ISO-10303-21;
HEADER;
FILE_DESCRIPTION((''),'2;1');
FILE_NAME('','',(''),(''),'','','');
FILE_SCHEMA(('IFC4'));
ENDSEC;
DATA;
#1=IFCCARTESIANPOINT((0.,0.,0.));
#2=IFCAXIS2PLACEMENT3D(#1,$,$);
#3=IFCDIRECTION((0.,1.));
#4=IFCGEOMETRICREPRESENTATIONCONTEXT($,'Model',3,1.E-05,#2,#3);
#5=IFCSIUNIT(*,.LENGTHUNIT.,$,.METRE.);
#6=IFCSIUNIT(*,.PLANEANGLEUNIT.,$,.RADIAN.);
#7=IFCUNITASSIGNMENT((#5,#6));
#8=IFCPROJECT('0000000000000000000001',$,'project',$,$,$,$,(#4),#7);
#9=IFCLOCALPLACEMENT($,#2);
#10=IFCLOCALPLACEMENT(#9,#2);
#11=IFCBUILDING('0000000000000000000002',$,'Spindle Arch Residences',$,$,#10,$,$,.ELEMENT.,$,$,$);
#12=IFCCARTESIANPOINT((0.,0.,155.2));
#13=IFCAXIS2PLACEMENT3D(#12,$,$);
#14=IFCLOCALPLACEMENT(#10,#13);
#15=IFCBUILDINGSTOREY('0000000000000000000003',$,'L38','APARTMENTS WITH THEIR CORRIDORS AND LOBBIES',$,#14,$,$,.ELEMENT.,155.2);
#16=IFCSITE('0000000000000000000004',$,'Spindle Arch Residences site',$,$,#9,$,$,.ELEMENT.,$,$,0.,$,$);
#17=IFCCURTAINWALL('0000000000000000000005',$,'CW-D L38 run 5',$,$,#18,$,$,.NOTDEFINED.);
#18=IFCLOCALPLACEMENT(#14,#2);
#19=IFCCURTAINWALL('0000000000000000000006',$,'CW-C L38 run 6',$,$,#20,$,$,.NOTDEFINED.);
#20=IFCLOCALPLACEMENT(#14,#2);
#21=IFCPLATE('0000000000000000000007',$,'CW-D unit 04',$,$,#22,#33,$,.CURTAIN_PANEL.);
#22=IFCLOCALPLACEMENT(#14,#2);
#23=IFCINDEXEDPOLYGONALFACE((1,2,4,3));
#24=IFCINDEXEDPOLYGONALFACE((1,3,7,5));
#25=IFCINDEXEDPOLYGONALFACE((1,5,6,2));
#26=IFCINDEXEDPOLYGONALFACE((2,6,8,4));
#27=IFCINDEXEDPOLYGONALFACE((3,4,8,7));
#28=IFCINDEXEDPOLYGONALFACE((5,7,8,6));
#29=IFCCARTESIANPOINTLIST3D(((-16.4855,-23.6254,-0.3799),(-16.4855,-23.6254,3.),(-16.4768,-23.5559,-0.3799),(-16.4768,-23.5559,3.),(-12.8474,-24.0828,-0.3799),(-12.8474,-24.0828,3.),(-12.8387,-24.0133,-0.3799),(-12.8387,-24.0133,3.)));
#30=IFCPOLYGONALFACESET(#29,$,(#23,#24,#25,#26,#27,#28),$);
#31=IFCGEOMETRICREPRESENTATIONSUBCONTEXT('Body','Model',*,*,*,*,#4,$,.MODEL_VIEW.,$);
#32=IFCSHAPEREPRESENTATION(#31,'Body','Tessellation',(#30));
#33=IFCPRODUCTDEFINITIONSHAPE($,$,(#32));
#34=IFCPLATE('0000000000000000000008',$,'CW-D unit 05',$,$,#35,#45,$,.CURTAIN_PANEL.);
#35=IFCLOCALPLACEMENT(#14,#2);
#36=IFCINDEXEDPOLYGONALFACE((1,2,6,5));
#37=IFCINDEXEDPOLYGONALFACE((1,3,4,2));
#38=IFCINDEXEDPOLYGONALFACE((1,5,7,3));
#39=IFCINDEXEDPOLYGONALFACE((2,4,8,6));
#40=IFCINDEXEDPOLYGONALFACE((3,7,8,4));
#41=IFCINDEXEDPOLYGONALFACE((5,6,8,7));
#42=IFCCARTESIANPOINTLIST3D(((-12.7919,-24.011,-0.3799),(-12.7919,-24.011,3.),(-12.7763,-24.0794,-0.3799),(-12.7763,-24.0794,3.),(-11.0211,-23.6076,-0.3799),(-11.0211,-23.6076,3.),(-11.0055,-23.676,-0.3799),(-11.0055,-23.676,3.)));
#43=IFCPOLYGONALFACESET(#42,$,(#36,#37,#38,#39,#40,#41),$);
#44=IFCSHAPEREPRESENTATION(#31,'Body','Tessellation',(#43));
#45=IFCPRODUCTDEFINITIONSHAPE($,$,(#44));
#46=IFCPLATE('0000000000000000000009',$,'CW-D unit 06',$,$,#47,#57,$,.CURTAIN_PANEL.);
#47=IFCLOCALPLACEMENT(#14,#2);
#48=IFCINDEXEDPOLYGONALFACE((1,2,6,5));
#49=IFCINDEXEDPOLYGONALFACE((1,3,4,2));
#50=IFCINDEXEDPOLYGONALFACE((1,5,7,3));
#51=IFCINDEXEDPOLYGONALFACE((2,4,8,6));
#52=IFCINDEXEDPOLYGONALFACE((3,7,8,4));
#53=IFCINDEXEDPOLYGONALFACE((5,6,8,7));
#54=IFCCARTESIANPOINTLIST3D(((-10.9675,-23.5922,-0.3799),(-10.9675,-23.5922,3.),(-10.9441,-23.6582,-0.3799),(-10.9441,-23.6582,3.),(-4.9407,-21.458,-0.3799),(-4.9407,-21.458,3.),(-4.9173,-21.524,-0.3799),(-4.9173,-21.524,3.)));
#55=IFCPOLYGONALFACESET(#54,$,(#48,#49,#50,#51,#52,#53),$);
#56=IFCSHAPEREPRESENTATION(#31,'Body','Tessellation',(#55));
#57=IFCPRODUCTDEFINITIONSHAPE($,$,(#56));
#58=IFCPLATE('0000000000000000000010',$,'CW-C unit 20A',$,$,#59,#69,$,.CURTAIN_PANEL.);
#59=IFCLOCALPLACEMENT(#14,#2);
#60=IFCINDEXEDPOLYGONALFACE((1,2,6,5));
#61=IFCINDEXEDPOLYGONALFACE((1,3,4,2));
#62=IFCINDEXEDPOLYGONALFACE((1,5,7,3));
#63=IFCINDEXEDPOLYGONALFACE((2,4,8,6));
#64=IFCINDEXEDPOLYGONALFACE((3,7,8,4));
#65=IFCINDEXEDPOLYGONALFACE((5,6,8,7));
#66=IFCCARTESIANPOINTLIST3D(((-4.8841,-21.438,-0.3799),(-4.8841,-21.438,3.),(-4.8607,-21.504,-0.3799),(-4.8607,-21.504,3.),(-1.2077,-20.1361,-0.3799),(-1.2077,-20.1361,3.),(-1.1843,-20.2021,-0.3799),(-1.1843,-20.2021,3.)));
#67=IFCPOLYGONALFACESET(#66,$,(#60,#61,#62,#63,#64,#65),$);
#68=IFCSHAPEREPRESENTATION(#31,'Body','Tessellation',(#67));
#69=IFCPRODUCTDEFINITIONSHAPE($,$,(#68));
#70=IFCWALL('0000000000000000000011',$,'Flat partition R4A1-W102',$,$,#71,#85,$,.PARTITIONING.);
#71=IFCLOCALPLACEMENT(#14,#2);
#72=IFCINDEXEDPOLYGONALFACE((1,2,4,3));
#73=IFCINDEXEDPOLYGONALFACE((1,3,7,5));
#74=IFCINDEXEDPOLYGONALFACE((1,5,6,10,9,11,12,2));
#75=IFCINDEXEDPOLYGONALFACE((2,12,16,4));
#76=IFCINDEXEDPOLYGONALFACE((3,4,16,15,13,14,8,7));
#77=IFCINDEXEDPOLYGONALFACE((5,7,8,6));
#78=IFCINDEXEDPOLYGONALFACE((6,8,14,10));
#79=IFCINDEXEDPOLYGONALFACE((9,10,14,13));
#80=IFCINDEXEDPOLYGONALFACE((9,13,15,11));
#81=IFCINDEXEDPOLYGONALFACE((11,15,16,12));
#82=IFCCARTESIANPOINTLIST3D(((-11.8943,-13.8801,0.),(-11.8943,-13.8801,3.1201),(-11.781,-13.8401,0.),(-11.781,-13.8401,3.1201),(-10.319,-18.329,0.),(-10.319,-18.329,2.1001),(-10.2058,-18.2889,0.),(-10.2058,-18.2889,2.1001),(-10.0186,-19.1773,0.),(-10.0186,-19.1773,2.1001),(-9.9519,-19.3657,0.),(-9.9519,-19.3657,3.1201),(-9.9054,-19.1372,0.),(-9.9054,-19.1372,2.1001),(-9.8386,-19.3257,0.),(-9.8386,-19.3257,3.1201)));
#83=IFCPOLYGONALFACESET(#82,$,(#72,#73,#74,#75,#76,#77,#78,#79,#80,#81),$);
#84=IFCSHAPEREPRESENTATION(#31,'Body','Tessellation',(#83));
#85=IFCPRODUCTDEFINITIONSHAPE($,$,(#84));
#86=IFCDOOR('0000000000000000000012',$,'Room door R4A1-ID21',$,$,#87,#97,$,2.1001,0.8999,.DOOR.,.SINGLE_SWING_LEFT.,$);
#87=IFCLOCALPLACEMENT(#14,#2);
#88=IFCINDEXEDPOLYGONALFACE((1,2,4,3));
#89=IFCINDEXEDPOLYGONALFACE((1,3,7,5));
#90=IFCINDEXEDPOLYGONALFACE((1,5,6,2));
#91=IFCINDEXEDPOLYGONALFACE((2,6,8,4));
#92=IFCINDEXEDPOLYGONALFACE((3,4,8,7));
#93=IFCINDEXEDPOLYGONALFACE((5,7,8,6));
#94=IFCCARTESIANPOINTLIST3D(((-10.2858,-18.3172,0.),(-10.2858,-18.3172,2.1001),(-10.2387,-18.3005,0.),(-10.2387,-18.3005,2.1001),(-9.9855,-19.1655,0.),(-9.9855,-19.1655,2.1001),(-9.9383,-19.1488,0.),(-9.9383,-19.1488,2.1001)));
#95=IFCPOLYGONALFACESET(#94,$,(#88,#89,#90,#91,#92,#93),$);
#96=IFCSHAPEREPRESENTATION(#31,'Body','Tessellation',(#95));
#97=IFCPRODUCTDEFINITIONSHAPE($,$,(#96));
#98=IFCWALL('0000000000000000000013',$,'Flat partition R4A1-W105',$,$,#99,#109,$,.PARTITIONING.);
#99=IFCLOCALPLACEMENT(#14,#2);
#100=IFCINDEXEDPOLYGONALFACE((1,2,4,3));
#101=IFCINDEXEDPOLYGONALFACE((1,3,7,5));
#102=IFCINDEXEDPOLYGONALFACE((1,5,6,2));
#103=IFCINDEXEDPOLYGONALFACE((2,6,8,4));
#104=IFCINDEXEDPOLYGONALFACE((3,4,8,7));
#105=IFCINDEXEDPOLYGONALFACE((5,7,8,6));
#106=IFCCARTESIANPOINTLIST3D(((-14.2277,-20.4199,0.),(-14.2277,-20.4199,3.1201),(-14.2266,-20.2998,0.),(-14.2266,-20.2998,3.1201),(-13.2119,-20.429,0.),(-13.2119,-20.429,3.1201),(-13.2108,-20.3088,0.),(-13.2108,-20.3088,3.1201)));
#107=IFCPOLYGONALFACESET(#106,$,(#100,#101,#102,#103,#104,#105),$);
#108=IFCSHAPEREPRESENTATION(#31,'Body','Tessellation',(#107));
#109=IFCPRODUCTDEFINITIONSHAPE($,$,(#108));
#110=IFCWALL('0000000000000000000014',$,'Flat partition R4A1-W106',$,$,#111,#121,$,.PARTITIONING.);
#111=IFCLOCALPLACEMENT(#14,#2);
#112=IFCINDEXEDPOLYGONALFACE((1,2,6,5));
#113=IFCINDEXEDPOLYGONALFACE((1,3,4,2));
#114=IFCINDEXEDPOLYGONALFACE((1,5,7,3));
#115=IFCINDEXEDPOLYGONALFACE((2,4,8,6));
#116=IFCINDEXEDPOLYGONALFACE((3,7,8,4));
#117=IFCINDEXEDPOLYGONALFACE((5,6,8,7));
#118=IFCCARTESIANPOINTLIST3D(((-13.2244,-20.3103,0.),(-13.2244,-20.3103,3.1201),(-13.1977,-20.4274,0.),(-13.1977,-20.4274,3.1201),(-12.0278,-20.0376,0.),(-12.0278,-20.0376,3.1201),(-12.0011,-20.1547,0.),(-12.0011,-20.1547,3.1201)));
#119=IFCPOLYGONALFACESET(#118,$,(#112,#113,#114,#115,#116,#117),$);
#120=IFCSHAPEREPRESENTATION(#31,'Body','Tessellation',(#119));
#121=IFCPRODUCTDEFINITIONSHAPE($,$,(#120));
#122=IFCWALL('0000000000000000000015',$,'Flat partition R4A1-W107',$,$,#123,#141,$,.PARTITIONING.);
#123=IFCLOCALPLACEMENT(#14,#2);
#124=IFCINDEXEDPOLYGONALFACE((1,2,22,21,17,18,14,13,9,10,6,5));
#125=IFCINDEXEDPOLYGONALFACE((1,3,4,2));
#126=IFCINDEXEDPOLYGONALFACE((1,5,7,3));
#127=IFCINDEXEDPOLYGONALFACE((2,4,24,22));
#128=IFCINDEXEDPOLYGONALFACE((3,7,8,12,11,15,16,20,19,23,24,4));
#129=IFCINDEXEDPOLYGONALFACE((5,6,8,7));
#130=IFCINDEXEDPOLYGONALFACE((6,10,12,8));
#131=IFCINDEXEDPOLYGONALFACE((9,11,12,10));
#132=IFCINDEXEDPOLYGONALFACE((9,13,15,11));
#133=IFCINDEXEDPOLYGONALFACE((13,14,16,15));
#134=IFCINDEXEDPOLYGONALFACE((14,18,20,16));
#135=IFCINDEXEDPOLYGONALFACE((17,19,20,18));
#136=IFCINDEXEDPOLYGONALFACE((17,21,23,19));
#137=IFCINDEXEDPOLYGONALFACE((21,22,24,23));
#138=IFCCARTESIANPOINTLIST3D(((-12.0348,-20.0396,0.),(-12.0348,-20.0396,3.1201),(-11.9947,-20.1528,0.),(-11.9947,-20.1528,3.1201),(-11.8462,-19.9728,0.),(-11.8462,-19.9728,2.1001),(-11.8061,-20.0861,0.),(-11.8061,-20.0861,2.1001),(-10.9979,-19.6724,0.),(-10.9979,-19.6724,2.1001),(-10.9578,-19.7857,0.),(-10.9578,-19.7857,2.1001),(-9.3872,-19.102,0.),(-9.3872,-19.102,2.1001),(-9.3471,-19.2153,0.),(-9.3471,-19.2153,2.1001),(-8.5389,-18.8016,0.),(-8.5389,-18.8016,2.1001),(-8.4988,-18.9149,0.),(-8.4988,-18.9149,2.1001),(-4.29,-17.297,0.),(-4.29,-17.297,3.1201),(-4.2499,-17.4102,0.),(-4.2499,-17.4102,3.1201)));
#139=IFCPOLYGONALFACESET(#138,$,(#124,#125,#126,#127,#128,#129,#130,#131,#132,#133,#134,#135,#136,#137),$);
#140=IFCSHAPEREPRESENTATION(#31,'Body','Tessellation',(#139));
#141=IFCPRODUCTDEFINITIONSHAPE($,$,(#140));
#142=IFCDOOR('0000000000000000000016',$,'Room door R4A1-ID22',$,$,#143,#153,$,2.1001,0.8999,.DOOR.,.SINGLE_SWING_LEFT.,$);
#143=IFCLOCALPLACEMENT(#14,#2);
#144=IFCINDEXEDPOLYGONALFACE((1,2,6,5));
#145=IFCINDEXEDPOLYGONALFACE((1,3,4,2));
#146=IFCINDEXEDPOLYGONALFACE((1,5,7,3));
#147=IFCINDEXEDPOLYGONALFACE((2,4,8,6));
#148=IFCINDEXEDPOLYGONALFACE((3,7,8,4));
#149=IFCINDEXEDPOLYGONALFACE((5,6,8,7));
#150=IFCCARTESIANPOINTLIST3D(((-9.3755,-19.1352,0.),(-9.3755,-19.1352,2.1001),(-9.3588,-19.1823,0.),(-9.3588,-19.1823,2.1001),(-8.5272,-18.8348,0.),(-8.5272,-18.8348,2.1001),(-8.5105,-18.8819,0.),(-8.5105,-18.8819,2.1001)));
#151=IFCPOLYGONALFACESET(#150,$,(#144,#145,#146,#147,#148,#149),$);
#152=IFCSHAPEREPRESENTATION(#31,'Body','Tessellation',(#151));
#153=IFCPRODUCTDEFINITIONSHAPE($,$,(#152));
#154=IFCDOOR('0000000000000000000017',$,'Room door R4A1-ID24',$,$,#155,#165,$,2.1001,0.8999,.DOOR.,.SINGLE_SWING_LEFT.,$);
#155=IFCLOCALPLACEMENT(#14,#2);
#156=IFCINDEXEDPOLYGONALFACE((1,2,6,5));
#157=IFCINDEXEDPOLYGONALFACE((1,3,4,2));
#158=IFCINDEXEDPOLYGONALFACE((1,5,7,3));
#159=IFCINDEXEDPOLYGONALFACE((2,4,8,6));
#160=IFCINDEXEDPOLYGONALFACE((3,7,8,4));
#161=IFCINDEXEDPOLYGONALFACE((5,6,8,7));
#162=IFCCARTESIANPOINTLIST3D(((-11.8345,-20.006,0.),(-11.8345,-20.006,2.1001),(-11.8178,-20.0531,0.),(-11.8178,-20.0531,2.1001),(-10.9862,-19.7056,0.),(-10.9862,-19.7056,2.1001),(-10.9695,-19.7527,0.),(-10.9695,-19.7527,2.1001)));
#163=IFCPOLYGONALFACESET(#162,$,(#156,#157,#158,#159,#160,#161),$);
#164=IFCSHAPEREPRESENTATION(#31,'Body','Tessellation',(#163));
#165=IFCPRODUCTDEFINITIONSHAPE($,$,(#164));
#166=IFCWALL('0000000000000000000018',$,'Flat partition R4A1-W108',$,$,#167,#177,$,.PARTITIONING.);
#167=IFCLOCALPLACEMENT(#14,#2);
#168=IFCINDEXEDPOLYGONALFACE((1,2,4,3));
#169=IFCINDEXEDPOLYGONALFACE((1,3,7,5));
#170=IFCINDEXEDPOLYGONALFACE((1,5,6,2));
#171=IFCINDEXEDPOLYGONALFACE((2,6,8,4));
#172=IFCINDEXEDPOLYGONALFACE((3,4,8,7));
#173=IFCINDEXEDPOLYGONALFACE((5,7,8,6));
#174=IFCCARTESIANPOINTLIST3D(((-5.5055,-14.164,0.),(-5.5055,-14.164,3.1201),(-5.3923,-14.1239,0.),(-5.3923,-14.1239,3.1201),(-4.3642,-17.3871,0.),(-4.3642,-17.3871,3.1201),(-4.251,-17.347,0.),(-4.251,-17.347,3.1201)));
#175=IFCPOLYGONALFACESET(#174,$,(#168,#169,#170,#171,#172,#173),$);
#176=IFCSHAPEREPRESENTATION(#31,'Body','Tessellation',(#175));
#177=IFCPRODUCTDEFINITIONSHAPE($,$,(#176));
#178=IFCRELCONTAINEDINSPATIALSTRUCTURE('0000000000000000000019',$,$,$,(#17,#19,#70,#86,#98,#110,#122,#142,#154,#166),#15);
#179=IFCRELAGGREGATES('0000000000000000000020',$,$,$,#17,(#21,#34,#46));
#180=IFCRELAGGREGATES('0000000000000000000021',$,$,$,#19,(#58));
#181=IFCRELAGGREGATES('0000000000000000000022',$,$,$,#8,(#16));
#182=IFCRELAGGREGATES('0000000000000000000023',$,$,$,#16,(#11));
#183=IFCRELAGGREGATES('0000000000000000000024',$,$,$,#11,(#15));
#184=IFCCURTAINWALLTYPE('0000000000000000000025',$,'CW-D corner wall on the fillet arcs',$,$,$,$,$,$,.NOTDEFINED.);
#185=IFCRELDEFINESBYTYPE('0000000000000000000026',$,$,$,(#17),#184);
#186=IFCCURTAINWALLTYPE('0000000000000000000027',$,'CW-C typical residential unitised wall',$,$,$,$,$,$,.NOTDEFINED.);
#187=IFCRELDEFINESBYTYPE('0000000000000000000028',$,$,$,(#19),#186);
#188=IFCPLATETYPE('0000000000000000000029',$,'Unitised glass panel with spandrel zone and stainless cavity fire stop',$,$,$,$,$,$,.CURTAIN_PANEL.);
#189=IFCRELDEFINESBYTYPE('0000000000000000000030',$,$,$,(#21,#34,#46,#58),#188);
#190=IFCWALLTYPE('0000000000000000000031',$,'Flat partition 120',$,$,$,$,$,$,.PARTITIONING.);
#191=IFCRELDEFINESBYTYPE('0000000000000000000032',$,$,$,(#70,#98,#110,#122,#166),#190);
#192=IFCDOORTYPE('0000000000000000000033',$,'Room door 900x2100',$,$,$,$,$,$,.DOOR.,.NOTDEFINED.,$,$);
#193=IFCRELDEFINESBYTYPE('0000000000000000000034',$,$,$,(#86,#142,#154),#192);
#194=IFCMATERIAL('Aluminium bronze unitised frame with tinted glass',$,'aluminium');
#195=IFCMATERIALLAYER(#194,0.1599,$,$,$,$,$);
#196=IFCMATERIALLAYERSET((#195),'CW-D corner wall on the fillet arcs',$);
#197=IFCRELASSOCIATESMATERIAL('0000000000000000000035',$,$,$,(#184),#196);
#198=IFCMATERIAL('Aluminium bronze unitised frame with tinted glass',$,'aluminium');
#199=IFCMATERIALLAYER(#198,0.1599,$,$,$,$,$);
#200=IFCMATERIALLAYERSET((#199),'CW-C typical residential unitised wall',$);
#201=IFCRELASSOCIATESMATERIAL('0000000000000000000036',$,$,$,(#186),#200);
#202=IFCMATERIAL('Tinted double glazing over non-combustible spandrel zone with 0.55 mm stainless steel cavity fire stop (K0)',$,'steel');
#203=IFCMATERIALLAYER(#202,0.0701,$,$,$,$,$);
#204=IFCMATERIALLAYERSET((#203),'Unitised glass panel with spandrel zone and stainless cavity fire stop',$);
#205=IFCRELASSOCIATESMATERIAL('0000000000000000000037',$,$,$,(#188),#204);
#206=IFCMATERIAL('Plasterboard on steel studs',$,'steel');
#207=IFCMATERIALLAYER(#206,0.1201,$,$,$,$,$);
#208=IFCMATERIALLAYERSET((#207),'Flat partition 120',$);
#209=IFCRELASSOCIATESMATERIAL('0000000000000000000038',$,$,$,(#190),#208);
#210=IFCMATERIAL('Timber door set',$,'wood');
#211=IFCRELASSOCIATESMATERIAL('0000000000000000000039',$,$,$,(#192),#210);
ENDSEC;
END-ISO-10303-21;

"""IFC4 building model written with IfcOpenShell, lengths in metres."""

from ifc_helpers import new_model, si_unit, direction, frame, frame_2d, origin, origin_2d, place, context, subcontext, project, spatial, rectangle, extrude, material, layer, layer_set, type_object, element, fill, aggregate, save


model = new_model("IFC4")

# Units and contexts
model_context = context("Model", 3, precision=1e-05, world=origin(), true_north=direction((0.0, 1.0)))
body_context = subcontext(model_context, "Body", "Model", "MODEL_VIEW")
ifc_project = project(units=[si_unit("LENGTHUNIT", "METRE"), si_unit("PLANEANGLEUNIT", "RADIAN")], contexts=[model_context])

# Site, building, storey
site_placement = place(None, origin())
site = spatial("IfcSite", under=ifc_project, at=site_placement, Name="Spindle Arch Residences site", CompositionType="ELEMENT", RefElevation=0.0)
building_placement = place(site_placement, origin())
building = spatial("IfcBuilding", under=site, at=building_placement, Name="Spindle Arch Residences", CompositionType="ELEMENT")
storey_placement = place(building_placement, frame((0.0, 0.0, 155.2)))
storey = spatial("IfcBuildingStorey", under=building, at=storey_placement, Name="L38", Description="APARTMENTS WITH THEIR CORRIDORS AND LOBBIES", CompositionType="ELEMENT", Elevation=155.2)

# Curtain wall
ifc_material_1 = material(Name="Aluminium bronze unitised frame with tinted glass", Category="aluminium")
ifc_layer_1 = layer(ifc_material_1, 0.1599)
ifc_layer_set_1 = layer_set([ifc_layer_1], Name="CW-D corner wall on the fillet arcs")
curtain_wall_type_1 = type_object("IfcCurtainWallType", Name="CW-D corner wall on the fillet arcs", PredefinedType="NOTDEFINED", material=ifc_layer_set_1)
curtain_wall_1_placement = place(storey_placement, origin())
curtain_wall_1 = element("IfcCurtainWall", 1, at=curtain_wall_1_placement, inside=storey, type_object=curtain_wall_type_1, Name="CW-D L38 run 5", PredefinedType="NOTDEFINED")

# Curtain wall
ifc_material_2 = material(Name="Aluminium bronze unitised frame with tinted glass", Category="aluminium")
ifc_layer_2 = layer(ifc_material_2, 0.1599)
ifc_layer_set_2 = layer_set([ifc_layer_2], Name="CW-C typical residential unitised wall")
curtain_wall_type_2 = type_object("IfcCurtainWallType", Name="CW-C typical residential unitised wall", PredefinedType="NOTDEFINED", material=ifc_layer_set_2)
curtain_wall_2_placement = place(storey_placement, origin())
curtain_wall_2 = element("IfcCurtainWall", 2, at=curtain_wall_2_placement, inside=storey, type_object=curtain_wall_type_2, Name="CW-C L38 run 6", PredefinedType="NOTDEFINED")

# Plates
ifc_material_3 = material(Name="Tinted double glazing over non-combustible spandrel zone with 0.55 mm stainless steel cavity fire stop (K0)", Category="steel")
ifc_layer_3 = layer(ifc_material_3, 0.0701)
ifc_layer_set_3 = layer_set([ifc_layer_3], Name="Unitised glass panel with spandrel zone and stainless cavity fire stop")
plate_type = type_object("IfcPlateType", Name="Unitised glass panel with spandrel zone and stainless cavity fire stop", PredefinedType="CURTAIN_PANEL", material=ifc_layer_set_3)
plate_1_placement = place(storey_placement, frame((-14.6621, -23.8193, -0.3799), z_axis=(0.0, 0.0, 1.0), x_axis=(0.992187, -0.124756, 0.0)))
plate_1 = element("IfcPlate", 3, at=plate_1_placement, type_object=plate_type, Name="CW-D unit 04", PredefinedType="CURTAIN_PANEL", context=body_context, shape_type="SweptSolid", body=[
    extrude(rectangle(XDim=3.6667, YDim=0.0701, at=origin_2d()), origin(), (0.0, 0.0, 1.0), 3.3799),
])
plate_2_placement = place(storey_placement, frame((-11.8987, -23.8435, -0.3799), z_axis=(0.0, 0.0, 1.0), x_axis=(0.97502, 0.222116, 0.0)))
plate_2 = element("IfcPlate", 4, at=plate_2_placement, type_object=plate_type, Name="CW-D unit 05", PredefinedType="CURTAIN_PANEL", context=body_context, shape_type="SweptSolid", body=[
    extrude(rectangle(XDim=1.8162, YDim=0.0701, at=origin_2d()), origin(), (0.0, 0.0, 1.0), 3.3799),
])
plate_3_placement = place(storey_placement, frame((-7.9424, -22.5581, -0.3799), z_axis=(0.0, 0.0, 1.0), x_axis=(0.942641, 0.333807, 0.0)))
plate_3 = element("IfcPlate", 5, at=plate_3_placement, type_object=plate_type, Name="CW-D unit 06", PredefinedType="CURTAIN_PANEL", context=body_context, shape_type="SweptSolid", body=[
    extrude(rectangle(XDim=6.3936, YDim=0.0701, at=origin_2d()), origin(), (0.0, 0.0, 1.0), 3.3799),
])
aggregate(curtain_wall_1, [plate_1, plate_2, plate_3])
plate_4_placement = place(storey_placement, frame((-3.0342, -20.8201, -0.3799), z_axis=(0.0, 0.0, 1.0), x_axis=(0.942641, 0.333807, 0.0)))
plate_4 = element("IfcPlate", 6, at=plate_4_placement, type_object=plate_type, Name="CW-C unit 20A", PredefinedType="CURTAIN_PANEL", context=body_context, shape_type="SweptSolid", body=[
    extrude(rectangle(XDim=3.9001, YDim=0.0701, at=origin_2d()), origin(), (0.0, 0.0, 1.0), 3.3799),
])
aggregate(curtain_wall_2, [plate_4])

# Wall, opening, door
ifc_material_4 = material(Name="Plasterboard on steel studs", Category="steel")
ifc_layer_4 = layer(ifc_material_4, 0.1201)
ifc_layer_set_4 = layer_set([ifc_layer_4], Name="Flat partition 120")
wall_type = type_object("IfcWallType", Name="Flat partition 120", PredefinedType="PARTITIONING", material=ifc_layer_set_4)
wall_1_placement = place(storey_placement, frame((-9.8953, -19.3457, 0.0), z_axis=(0.0, 0.0, 1.0), x_axis=(-0.333781, 0.942651, 0.0)))
wall_1 = element("IfcWall", 7, at=wall_1_placement, inside=storey, type_object=wall_type, Name="Flat partition R4A1-W102", PredefinedType="PARTITIONING", context=body_context, shape_type="SweptSolid", body=[
    extrude(rectangle(XDim=5.8193, YDim=0.1201, at=frame_2d((2.9097, 0.0))), origin(), (0.0, 0.0, 1.0), 3.1201),
])
opening_1_placement = place(wall_1_placement, frame((0.2, 0.0, 0.0)))
opening_1 = element("IfcOpeningElement", 8, at=opening_1_placement, cuts=wall_1, PredefinedType="OPENING", context=body_context, shape_type="SweptSolid", body=[
    extrude(rectangle(XDim=0.8999, YDim=2.1001, at=frame_2d((0.45, 1.05))), frame((0.0, 0.0701, 0.0), z_axis=(0.0, -1.0, 0.0), x_axis=(1.0, 0.0, 0.0)), (0.0, 0.0, 1.0), 0.1401),
])
ifc_material_5 = material(Name="Timber door set", Category="wood")
door_type = type_object("IfcDoorType", Name="Room door 900x2100", OperationType="NOTDEFINED", PredefinedType="DOOR", material=ifc_material_5)
door_1_placement = place(opening_1_placement, origin())
door_1 = element("IfcDoor", 9, at=door_1_placement, inside=storey, type_object=door_type, Name="Room door R4A1-ID21", OperationType="SINGLE_SWING_LEFT", OverallHeight=2.1001, OverallWidth=0.8999, PredefinedType="DOOR", context=body_context, shape_type="SweptSolid", body=[
    extrude(rectangle(XDim=0.8999, YDim=2.1001, at=frame_2d((0.45, 1.05))), frame((0.0, 0.0249, 0.0), z_axis=(0.0, -1.0, 0.0), x_axis=(1.0, 0.0, 0.0)), (0.0, 0.0, 1.0), 0.05),
])
fill(opening_1, door_1)

# Walls
wall_2_placement = place(storey_placement, frame((-14.2271, -20.3599, 0.0), z_axis=(0.0, 0.0, 1.0), x_axis=(0.99996, -0.008892, 0.0)))
element("IfcWall", 10, at=wall_2_placement, inside=storey, type_object=wall_type, Name="Flat partition R4A1-W105", PredefinedType="PARTITIONING", context=body_context, shape_type="SweptSolid", body=[
    extrude(rectangle(XDim=1.0159, YDim=0.1201, at=frame_2d((0.5078, 0.0))), origin(), (0.0, 0.0, 1.0), 3.1201),
])
wall_3_placement = place(storey_placement, frame((-13.2112, -20.3689, 0.0), z_axis=(0.0, 0.0, 1.0), x_axis=(0.974998, 0.222214, 0.0)))
element("IfcWall", 11, at=wall_3_placement, inside=storey, type_object=wall_type, Name="Flat partition R4A1-W106", PredefinedType="PARTITIONING", context=body_context, shape_type="SweptSolid", body=[
    extrude(rectangle(XDim=1.2273, YDim=0.1201, at=frame_2d((0.6138, 0.0))), origin(), (0.0, 0.0, 1.0), 3.1201),
])

# Wall, openings, doors
wall_4_placement = place(storey_placement, frame((-12.0146, -20.0962, 0.0), z_axis=(0.0, 0.0, 1.0), x_axis=(0.942639, 0.333815, 0.0)))
wall_4 = element("IfcWall", 12, at=wall_4_placement, inside=storey, type_object=wall_type, Name="Flat partition R4A1-W107", PredefinedType="PARTITIONING", context=body_context, shape_type="SweptSolid", body=[
    extrude(rectangle(XDim=8.2161, YDim=0.1201, at=frame_2d((4.1079, 0.0))), origin(), (0.0, 0.0, 1.0), 3.1201),
])
opening_2_placement = place(wall_4_placement, frame((2.8086, 0.0, 0.0)))
opening_2 = element("IfcOpeningElement", 13, at=opening_2_placement, cuts=wall_4, PredefinedType="OPENING", context=body_context, shape_type="SweptSolid", body=[
    extrude(rectangle(XDim=0.8999, YDim=2.1001, at=frame_2d((0.45, 1.05))), frame((0.0, 0.0701, 0.0), z_axis=(0.0, -1.0, 0.0), x_axis=(1.0, 0.0, 0.0)), (0.0, 0.0, 1.0), 0.1401),
])
opening_3_placement = place(wall_4_placement, frame((0.2, 0.0, 0.0)))
opening_3 = element("IfcOpeningElement", 14, at=opening_3_placement, cuts=wall_4, PredefinedType="OPENING", context=body_context, shape_type="SweptSolid", body=[
    extrude(rectangle(XDim=0.8999, YDim=2.1001, at=frame_2d((0.45, 1.05))), frame((0.0, 0.0701, 0.0), z_axis=(0.0, -1.0, 0.0), x_axis=(1.0, 0.0, 0.0)), (0.0, 0.0, 1.0), 0.1401),
])
door_2_placement = place(opening_2_placement, origin())
door_2 = element("IfcDoor", 15, at=door_2_placement, inside=storey, type_object=door_type, Name="Room door R4A1-ID22", OperationType="SINGLE_SWING_LEFT", OverallHeight=2.1001, OverallWidth=0.8999, PredefinedType="DOOR", context=body_context, shape_type="SweptSolid", body=[
    extrude(rectangle(XDim=0.8999, YDim=2.1001, at=frame_2d((0.45, 1.05))), frame((0.0, 0.0249, 0.0), z_axis=(0.0, -1.0, 0.0), x_axis=(1.0, 0.0, 0.0)), (0.0, 0.0, 1.0), 0.05),
])
fill(opening_2, door_2)
door_3_placement = place(opening_3_placement, origin())
door_3 = element("IfcDoor", 16, at=door_3_placement, inside=storey, type_object=door_type, Name="Room door R4A1-ID24", OperationType="SINGLE_SWING_LEFT", OverallHeight=2.1001, OverallWidth=0.8999, PredefinedType="DOOR", context=body_context, shape_type="SweptSolid", body=[
    extrude(rectangle(XDim=0.8999, YDim=2.1001, at=frame_2d((0.45, 1.05))), frame((0.0, 0.0249, 0.0), z_axis=(0.0, -1.0, 0.0), x_axis=(1.0, 0.0, 0.0)), (0.0, 0.0, 1.0), 0.05),
])
fill(opening_3, door_3)

# Wall
wall_5_placement = place(storey_placement, frame((-4.3076, -17.3669, 0.0), z_axis=(0.0, 0.0, 1.0), x_axis=(-0.333802, 0.942643, 0.0)))
element("IfcWall", 17, at=wall_5_placement, inside=storey, type_object=wall_type, Name="Flat partition R4A1-W108", PredefinedType="PARTITIONING", context=body_context, shape_type="SweptSolid", body=[
    extrude(rectangle(XDim=3.4192, YDim=0.1201, at=frame_2d((1.7095, 0.0))), origin(), (0.0, 0.0, 1.0), 3.1201),
])

save(model, "model.ifc")
